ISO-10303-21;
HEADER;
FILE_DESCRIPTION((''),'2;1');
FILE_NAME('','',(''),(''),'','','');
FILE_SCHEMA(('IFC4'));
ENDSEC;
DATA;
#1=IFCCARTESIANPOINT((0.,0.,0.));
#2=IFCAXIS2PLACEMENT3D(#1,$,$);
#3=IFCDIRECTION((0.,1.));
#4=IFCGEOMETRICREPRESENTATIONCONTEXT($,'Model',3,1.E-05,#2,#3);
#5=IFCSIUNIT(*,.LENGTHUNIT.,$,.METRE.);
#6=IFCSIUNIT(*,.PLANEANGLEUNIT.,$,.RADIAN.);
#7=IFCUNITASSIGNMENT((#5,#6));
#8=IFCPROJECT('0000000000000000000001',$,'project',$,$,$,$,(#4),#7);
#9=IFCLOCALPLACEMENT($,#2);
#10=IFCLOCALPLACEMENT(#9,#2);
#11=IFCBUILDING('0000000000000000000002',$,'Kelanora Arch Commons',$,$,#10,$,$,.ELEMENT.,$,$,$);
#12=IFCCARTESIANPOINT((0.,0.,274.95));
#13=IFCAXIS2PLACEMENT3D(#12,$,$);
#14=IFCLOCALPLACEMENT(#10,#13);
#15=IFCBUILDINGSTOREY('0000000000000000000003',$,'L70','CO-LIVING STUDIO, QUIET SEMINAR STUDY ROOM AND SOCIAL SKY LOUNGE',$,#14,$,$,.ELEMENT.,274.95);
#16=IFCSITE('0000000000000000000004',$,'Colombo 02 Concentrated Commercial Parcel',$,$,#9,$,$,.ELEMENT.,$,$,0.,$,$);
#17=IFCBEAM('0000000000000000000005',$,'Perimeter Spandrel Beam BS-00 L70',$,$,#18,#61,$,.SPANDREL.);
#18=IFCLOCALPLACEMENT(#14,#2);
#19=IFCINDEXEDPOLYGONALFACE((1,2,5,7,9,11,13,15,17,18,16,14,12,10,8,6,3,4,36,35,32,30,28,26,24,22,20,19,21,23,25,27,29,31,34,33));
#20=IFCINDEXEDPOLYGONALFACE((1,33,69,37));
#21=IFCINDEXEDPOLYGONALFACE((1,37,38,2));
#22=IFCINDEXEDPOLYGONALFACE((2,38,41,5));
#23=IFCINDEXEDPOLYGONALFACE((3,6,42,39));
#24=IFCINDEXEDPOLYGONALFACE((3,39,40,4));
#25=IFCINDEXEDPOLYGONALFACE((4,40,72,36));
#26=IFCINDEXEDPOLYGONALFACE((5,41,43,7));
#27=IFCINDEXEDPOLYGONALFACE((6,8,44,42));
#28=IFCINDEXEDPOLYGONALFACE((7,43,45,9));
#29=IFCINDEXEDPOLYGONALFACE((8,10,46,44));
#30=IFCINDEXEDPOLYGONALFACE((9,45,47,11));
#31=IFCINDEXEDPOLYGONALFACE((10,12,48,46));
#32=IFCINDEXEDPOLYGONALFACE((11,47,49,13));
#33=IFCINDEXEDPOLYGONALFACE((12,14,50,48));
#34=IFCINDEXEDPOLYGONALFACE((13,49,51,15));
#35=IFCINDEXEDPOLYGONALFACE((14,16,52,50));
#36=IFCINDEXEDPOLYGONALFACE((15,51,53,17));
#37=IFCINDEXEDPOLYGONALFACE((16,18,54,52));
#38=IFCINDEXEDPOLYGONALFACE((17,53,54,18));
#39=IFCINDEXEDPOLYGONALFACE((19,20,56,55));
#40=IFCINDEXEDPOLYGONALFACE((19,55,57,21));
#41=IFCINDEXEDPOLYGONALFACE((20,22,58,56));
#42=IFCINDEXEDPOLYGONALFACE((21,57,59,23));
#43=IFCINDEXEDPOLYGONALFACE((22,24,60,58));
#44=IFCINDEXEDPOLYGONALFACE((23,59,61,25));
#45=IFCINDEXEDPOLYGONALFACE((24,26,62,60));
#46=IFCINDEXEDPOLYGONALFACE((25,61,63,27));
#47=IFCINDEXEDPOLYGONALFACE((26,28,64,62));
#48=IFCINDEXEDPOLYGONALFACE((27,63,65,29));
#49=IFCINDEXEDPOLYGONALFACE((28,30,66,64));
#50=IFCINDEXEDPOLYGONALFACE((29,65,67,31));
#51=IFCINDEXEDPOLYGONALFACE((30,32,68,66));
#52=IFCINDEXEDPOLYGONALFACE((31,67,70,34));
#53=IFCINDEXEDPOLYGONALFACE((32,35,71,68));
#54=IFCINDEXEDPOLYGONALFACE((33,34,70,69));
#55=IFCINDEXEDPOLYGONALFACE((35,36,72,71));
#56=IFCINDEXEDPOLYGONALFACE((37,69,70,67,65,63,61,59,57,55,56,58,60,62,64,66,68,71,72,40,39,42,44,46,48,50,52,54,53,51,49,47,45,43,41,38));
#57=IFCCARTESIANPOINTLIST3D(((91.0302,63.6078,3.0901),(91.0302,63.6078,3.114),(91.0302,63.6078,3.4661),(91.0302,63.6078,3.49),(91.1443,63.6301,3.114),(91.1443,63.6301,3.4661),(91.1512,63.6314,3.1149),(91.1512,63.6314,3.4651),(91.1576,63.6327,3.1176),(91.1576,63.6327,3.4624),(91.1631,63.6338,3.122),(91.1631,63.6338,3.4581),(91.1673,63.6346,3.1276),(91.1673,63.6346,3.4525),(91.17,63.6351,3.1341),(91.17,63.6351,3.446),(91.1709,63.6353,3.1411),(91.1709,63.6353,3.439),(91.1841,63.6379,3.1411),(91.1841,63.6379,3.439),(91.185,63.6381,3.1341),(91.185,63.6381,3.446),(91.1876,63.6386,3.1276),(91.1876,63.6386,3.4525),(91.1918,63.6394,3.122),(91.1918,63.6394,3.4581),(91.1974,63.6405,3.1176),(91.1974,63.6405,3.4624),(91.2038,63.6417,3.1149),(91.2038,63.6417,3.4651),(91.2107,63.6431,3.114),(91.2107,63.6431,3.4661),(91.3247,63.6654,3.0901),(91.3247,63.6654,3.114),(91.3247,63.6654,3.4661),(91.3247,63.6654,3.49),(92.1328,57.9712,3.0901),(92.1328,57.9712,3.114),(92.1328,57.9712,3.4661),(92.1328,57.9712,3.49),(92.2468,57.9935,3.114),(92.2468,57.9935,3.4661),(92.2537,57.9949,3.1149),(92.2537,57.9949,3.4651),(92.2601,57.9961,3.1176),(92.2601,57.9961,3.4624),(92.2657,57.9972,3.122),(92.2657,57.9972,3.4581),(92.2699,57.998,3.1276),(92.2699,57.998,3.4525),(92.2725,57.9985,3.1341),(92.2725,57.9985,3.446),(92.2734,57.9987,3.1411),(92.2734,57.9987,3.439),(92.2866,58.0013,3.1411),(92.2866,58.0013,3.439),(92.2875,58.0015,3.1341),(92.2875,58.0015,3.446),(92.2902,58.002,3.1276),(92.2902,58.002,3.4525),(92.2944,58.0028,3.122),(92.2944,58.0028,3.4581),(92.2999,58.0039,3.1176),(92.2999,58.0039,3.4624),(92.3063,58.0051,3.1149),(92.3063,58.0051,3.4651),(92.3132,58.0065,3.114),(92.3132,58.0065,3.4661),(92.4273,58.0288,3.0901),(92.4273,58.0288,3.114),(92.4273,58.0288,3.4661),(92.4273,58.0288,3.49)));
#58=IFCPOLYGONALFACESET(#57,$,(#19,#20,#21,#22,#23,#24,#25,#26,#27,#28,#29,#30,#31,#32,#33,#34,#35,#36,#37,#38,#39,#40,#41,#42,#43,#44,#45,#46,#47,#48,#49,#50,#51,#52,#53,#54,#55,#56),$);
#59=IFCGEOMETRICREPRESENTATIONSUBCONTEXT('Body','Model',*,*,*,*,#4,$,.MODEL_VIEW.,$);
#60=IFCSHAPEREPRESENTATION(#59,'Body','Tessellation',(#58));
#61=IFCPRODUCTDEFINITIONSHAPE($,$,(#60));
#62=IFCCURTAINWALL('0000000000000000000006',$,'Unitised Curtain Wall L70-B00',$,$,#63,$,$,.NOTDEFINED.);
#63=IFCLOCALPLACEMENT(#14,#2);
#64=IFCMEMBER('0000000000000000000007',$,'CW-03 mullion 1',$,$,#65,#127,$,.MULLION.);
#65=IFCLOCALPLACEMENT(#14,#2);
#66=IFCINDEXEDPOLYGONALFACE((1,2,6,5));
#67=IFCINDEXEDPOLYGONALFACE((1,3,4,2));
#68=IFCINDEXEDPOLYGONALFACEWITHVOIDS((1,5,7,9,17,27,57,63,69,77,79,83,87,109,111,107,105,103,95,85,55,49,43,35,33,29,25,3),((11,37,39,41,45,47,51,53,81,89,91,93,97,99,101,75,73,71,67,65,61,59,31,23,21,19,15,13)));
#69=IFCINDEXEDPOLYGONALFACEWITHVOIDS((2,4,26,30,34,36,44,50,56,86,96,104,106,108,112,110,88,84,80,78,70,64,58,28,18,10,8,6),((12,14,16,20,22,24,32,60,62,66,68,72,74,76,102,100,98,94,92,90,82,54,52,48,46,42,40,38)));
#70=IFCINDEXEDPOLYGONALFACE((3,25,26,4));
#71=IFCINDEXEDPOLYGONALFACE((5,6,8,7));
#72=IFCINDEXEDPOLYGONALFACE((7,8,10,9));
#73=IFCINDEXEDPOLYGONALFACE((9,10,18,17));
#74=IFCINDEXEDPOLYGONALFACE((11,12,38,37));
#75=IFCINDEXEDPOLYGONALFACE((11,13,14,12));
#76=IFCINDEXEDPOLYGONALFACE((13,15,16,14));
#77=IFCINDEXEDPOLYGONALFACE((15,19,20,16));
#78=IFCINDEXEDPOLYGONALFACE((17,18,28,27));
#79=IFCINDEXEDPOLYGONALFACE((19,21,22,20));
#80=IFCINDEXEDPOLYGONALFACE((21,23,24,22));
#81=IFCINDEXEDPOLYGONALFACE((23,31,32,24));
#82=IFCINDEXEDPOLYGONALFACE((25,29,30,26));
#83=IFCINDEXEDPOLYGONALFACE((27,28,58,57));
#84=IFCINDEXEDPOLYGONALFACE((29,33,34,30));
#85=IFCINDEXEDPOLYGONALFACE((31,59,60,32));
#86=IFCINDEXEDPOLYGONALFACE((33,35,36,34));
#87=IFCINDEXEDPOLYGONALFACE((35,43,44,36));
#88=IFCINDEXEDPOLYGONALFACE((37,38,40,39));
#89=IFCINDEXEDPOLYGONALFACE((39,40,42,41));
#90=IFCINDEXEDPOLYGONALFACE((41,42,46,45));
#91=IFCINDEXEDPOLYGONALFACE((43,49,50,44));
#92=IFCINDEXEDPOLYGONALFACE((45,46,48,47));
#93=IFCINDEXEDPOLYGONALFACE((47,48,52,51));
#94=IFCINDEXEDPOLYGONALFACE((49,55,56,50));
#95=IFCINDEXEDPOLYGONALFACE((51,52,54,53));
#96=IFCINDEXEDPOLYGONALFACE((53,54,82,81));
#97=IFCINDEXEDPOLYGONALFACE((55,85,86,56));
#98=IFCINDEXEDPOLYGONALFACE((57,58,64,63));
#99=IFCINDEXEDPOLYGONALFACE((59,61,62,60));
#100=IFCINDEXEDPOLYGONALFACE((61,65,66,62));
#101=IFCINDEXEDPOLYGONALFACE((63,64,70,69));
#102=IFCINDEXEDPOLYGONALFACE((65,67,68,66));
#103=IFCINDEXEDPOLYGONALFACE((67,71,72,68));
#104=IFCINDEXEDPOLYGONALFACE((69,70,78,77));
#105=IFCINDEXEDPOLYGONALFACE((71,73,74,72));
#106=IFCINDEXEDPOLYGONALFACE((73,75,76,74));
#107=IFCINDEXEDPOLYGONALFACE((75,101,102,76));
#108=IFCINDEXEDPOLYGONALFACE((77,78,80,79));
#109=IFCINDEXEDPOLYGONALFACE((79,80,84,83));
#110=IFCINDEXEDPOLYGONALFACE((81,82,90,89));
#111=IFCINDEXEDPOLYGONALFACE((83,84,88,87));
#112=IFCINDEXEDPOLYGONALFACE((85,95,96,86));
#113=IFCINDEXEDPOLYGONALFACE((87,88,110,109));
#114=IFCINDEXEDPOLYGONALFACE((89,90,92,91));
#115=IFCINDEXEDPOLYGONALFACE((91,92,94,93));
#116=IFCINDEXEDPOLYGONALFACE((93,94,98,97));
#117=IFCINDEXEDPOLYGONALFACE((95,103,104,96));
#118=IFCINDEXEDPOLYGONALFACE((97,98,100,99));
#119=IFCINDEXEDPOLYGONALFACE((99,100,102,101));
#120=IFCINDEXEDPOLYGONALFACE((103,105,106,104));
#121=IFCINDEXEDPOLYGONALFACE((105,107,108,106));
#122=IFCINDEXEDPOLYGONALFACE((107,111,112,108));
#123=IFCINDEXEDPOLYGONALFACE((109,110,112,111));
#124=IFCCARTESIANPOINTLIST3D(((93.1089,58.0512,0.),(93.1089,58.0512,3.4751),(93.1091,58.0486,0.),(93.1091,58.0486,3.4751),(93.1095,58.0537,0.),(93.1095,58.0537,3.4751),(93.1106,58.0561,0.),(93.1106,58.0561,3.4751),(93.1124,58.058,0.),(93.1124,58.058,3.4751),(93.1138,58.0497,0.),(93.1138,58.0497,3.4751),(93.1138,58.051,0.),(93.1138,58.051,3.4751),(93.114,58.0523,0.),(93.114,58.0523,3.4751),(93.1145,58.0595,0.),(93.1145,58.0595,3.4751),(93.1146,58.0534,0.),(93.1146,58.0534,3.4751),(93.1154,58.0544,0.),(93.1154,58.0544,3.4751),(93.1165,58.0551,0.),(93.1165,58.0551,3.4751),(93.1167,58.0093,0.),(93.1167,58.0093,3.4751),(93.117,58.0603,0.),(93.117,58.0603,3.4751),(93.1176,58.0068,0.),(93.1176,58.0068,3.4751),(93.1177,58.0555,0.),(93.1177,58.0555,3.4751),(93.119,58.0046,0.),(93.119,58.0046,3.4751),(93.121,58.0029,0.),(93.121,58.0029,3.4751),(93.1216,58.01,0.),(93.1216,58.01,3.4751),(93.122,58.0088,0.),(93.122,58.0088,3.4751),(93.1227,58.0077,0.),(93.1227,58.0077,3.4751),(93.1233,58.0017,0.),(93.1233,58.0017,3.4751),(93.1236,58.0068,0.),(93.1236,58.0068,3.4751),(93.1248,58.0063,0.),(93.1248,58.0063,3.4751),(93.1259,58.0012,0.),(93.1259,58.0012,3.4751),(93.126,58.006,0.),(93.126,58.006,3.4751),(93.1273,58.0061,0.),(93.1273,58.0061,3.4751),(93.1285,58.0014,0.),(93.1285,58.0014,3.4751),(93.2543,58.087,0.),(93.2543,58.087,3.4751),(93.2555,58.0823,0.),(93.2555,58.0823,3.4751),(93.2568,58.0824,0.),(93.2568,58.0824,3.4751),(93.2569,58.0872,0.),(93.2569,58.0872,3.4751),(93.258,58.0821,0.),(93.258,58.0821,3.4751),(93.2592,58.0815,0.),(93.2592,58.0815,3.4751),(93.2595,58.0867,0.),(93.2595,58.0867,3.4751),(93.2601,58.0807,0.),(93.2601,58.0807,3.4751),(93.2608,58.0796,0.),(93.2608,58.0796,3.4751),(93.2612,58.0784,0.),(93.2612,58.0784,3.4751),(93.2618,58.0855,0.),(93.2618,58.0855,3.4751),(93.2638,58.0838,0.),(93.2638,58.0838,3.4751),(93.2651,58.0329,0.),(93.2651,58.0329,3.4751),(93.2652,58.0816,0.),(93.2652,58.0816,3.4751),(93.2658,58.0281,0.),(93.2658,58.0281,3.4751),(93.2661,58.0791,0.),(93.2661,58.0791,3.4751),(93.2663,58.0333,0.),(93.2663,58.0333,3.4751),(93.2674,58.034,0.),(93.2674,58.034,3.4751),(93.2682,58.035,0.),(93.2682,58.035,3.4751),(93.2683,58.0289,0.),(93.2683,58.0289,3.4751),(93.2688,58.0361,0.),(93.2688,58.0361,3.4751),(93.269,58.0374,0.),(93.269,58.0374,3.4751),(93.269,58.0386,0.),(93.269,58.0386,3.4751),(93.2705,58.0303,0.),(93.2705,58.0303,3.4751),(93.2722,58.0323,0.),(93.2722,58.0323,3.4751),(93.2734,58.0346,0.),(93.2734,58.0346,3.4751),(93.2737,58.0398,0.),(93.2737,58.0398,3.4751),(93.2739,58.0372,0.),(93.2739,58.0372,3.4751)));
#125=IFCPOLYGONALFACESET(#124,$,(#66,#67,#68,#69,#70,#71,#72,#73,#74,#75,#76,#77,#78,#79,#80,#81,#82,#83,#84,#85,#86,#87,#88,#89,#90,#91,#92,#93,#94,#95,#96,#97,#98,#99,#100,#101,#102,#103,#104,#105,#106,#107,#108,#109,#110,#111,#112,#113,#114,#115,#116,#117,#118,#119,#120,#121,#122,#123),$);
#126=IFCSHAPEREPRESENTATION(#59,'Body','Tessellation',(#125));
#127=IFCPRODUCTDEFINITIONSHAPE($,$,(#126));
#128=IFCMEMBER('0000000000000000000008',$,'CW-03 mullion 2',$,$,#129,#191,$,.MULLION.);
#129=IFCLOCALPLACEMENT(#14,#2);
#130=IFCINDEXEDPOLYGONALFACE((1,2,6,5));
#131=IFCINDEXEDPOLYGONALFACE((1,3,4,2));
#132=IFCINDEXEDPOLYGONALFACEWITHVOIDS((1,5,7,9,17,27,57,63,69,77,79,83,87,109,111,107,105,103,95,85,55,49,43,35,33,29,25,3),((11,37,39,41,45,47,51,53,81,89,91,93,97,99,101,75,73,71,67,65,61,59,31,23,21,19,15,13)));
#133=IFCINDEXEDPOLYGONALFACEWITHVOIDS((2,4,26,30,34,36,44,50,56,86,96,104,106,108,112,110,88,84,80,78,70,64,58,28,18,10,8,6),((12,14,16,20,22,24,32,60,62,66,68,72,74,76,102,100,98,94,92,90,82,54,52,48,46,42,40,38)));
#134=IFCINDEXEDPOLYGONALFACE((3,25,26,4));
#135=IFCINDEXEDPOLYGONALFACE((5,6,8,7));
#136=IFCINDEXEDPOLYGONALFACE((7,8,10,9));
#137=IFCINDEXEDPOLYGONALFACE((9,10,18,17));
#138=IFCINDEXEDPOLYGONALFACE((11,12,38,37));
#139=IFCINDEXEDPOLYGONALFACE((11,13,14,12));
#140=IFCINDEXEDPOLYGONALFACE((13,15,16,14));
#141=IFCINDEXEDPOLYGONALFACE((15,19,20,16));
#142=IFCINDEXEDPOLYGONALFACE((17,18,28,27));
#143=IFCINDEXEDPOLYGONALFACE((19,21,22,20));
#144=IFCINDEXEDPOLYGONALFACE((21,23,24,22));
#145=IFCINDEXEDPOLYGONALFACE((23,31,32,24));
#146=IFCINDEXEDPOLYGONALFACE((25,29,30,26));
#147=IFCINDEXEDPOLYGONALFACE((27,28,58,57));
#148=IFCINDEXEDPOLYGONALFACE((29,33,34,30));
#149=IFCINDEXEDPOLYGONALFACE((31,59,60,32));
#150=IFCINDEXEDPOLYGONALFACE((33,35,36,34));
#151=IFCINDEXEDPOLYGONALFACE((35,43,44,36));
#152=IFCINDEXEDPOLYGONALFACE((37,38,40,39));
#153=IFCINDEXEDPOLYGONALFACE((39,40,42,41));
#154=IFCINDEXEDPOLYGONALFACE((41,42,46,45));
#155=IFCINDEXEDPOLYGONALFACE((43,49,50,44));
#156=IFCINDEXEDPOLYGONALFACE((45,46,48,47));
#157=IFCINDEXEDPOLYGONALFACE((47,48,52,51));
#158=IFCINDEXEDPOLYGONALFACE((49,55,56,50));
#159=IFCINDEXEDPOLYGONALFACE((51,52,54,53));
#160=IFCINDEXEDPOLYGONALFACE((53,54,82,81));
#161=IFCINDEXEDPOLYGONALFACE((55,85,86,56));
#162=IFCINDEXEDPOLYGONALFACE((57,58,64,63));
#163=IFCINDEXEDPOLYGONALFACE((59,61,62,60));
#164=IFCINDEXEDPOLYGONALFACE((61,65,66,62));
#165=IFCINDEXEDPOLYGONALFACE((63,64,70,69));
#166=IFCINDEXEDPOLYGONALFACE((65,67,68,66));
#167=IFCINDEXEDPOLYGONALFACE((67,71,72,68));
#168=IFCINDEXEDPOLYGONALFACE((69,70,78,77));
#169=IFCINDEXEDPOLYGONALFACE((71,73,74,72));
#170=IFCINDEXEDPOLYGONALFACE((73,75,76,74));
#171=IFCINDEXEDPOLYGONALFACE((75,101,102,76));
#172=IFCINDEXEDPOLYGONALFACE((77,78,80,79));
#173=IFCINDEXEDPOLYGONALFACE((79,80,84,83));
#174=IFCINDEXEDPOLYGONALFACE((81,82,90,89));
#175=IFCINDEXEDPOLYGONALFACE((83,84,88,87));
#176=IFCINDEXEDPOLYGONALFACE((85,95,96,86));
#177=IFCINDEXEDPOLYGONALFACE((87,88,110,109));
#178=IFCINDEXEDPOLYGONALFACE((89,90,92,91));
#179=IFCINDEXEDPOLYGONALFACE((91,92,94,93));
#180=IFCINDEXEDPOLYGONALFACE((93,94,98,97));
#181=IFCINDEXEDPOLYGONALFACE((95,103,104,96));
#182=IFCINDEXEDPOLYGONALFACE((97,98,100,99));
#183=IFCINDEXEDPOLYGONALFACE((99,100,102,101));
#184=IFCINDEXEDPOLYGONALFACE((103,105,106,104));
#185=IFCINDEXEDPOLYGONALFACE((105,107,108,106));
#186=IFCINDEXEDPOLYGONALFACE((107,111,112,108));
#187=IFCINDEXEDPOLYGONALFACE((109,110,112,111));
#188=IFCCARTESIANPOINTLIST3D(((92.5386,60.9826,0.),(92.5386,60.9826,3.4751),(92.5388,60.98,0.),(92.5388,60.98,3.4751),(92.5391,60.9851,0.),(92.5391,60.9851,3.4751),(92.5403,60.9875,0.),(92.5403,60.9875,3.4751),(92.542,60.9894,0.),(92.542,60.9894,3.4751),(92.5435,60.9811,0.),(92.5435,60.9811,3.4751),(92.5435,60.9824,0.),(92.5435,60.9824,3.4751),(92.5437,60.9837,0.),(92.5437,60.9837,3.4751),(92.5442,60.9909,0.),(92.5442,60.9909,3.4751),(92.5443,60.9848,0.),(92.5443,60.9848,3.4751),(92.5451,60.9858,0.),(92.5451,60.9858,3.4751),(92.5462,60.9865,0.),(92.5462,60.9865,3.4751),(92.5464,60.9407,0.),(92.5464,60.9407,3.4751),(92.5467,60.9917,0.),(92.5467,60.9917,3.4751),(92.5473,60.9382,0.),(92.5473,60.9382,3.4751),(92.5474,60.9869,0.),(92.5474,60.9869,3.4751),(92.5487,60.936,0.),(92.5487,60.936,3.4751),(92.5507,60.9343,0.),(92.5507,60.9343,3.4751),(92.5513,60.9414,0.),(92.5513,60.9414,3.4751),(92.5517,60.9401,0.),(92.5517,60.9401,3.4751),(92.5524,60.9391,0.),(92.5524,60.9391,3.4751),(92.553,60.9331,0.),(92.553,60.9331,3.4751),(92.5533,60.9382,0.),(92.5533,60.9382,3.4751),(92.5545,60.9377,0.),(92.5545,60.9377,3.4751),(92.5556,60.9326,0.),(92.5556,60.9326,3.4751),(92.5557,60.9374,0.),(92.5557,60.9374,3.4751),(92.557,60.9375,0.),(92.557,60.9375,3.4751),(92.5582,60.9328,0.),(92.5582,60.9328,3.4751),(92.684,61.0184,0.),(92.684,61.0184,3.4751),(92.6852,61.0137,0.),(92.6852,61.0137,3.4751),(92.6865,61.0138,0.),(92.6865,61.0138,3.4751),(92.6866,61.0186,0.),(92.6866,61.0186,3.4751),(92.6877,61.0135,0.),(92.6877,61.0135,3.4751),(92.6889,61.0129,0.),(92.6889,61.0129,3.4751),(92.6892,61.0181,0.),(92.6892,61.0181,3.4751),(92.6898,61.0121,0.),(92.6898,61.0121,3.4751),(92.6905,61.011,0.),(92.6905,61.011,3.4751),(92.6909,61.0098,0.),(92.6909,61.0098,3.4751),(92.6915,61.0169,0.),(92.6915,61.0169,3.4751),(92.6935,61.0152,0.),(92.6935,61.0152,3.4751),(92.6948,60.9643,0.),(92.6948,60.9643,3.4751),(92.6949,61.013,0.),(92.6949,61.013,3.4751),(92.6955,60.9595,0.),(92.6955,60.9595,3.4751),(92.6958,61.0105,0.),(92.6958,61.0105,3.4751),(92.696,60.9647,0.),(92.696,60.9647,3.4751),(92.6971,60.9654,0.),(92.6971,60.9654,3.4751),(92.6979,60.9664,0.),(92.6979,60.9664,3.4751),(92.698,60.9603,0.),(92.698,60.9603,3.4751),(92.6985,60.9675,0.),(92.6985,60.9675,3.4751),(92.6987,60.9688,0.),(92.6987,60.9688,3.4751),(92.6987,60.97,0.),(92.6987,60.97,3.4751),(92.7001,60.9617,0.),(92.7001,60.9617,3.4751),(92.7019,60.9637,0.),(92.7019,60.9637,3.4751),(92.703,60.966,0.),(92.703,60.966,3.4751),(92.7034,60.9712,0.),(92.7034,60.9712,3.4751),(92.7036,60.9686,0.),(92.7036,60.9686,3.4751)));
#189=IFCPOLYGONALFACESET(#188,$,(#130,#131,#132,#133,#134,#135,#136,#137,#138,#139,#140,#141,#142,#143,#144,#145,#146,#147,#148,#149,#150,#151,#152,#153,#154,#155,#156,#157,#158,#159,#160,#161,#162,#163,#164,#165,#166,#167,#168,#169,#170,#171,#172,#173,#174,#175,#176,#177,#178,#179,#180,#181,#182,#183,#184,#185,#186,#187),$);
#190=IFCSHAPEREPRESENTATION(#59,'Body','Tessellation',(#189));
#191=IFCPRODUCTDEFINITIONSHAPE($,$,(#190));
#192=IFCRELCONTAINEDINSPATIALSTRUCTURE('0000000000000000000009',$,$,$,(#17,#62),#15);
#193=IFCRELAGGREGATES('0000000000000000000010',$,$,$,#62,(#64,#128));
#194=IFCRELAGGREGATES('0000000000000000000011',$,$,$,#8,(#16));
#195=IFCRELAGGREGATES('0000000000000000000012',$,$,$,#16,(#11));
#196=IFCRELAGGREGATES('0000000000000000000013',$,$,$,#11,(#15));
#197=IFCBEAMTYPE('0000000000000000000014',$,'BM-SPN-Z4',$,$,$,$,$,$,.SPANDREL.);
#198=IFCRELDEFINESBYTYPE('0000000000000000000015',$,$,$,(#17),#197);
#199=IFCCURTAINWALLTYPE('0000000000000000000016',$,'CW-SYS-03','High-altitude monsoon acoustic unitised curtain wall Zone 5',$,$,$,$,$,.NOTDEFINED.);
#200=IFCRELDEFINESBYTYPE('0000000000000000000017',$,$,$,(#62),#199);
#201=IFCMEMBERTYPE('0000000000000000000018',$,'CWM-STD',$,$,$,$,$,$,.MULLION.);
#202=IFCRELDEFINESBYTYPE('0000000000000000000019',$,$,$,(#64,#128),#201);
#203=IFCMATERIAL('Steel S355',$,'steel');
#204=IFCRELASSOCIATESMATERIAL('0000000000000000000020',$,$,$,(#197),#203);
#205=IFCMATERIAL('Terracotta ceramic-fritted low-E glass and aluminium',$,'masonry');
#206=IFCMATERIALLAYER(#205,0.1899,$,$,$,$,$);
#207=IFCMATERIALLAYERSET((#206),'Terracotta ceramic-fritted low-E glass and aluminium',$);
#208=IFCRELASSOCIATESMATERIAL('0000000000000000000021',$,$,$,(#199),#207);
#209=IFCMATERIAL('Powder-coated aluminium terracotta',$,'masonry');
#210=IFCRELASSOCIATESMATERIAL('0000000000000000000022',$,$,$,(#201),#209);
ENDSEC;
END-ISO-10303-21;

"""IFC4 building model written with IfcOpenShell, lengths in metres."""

from ifc_helpers import new_model, si_unit, direction, frame, origin, origin_2d, place, context, subcontext, project, spatial, hollow_rectangle, i_section, extrude, material, layer, layer_set, material_profile, profile_set, type_object, element, aggregate, save


model = new_model("IFC4")

# Units and contexts
model_context = context("Model", 3, precision=1e-05, world=origin(), true_north=direction((0.0, 1.0)))
body_context = subcontext(model_context, "Body", "Model", "MODEL_VIEW")
ifc_project = project(units=[si_unit("LENGTHUNIT", "METRE"), si_unit("PLANEANGLEUNIT", "RADIAN")], contexts=[model_context])

# Site, building, storey
site_placement = place(None, origin())
site = spatial("IfcSite", under=ifc_project, at=site_placement, Name="Colombo 02 Concentrated Commercial Parcel", CompositionType="ELEMENT", RefElevation=0.0)
building_placement = place(site_placement, origin())
building = spatial("IfcBuilding", under=site, at=building_placement, Name="Kelanora Arch Commons", CompositionType="ELEMENT")
storey_placement = place(building_placement, frame((0.0, 0.0, 274.95)))
storey = spatial("IfcBuildingStorey", under=building, at=storey_placement, Name="L70", Description="CO-LIVING STUDIO, QUIET SEMINAR STUDY ROOM AND SOCIAL SKY LOUNGE", CompositionType="ELEMENT", Elevation=274.95)

# Beam
ifc_material_1 = material(Name="Steel S355", Category="steel")
ifc_material_profile_1 = material_profile(ifc_material_1, i_section(OverallWidth=0.3, OverallDepth=0.3999, WebThickness=0.0134, FlangeThickness=0.0239, FilletRadius=0.0271, at=origin_2d()), Name="HEB400")
ifc_profile_set_1 = profile_set([ifc_material_profile_1], Name="Steel S355")
beam_type_1 = type_object("IfcBeamType", Name="BM-SPN-Z4", PredefinedType="SPANDREL", material=ifc_profile_set_1)
beam_1_placement = place(storey_placement, frame((92.28, 58.0, 3.29), z_axis=(-0.19197, 0.981401, 0.0), x_axis=(-0.981401, -0.19197, 0.0)))
element("IfcBeam", 1, at=beam_1_placement, inside=storey, type_object=beam_type_1, Name="Perimeter Spandrel Beam BS-00 L70", PredefinedType="SPANDREL", context=body_context, shape_type="SweptSolid", body=[
    extrude(i_section(OverallWidth=0.3, OverallDepth=0.3999, WebThickness=0.0134, FlangeThickness=0.0239, FilletRadius=0.0271, at=origin_2d()), origin(), (0.0, 0.0, 1.0), 5.7434),
])

# Curtain wall, members
ifc_material_2 = material(Name="Terracotta ceramic-fritted low-E glass and aluminium", Category="masonry")
ifc_layer_1 = layer(ifc_material_2, 0.1899)
ifc_layer_set_1 = layer_set([ifc_layer_1], Name="Terracotta ceramic-fritted low-E glass and aluminium")
curtain_wall_type = type_object("IfcCurtainWallType", Name="CW-SYS-03", Description="High-altitude monsoon acoustic unitised curtain wall Zone 5", PredefinedType="NOTDEFINED", material=ifc_layer_set_1)
curtain_wall_placement = place(storey_placement, origin())
curtain_wall = element("IfcCurtainWall", 2, at=curtain_wall_placement, inside=storey, type_object=curtain_wall_type, Name="Unitised Curtain Wall L70-B00", PredefinedType="NOTDEFINED")
ifc_material_3 = material(Name="Powder-coated aluminium terracotta", Category="masonry")
ifc_material_profile_2 = material_profile(ifc_material_3, hollow_rectangle(XDim=0.1599, YDim=0.0601, WallThickness=0.0049, InnerFilletRadius=0.0049, OuterFilletRadius=0.01, at=origin_2d()), Name="CWM160x60")
ifc_profile_set_2 = profile_set([ifc_material_profile_2], Name="Powder-coated aluminium terracotta")
member_type_1 = type_object("IfcMemberType", Name="CWM-STD", PredefinedType="MULLION", material=ifc_profile_set_2)
member_1_placement = place(storey_placement, frame((93.1914, 58.0442, 0.0), z_axis=(0.0, 0.0, 1.0), x_axis=(-0.981596, -0.190972, 0.0)))
member_1 = element("IfcMember", 3, at=member_1_placement, type_object=member_type_1, Name="CW-03 mullion 1", PredefinedType="MULLION", context=body_context, shape_type="SweptSolid", body=[
    extrude(hollow_rectangle(XDim=0.1599, YDim=0.0601, WallThickness=0.0049, InnerFilletRadius=0.0049, OuterFilletRadius=0.01, at=origin_2d()), origin(), (0.0, 0.0, 1.0), 3.4751),
])
member_2_placement = place(storey_placement, frame((92.6211, 60.9756, 0.0), z_axis=(0.0, 0.0, 1.0), x_axis=(-0.981596, -0.190972, 0.0)))
member_2 = element("IfcMember", 4, at=member_2_placement, type_object=member_type_1, Name="CW-03 mullion 2", PredefinedType="MULLION", context=body_context, shape_type="SweptSolid", body=[
    extrude(hollow_rectangle(XDim=0.1599, YDim=0.0601, WallThickness=0.0049, InnerFilletRadius=0.0049, OuterFilletRadius=0.01, at=origin_2d()), origin(), (0.0, 0.0, 1.0), 3.4751),
])
aggregate(curtain_wall, [member_1, member_2])

save(model, "model.ifc")
